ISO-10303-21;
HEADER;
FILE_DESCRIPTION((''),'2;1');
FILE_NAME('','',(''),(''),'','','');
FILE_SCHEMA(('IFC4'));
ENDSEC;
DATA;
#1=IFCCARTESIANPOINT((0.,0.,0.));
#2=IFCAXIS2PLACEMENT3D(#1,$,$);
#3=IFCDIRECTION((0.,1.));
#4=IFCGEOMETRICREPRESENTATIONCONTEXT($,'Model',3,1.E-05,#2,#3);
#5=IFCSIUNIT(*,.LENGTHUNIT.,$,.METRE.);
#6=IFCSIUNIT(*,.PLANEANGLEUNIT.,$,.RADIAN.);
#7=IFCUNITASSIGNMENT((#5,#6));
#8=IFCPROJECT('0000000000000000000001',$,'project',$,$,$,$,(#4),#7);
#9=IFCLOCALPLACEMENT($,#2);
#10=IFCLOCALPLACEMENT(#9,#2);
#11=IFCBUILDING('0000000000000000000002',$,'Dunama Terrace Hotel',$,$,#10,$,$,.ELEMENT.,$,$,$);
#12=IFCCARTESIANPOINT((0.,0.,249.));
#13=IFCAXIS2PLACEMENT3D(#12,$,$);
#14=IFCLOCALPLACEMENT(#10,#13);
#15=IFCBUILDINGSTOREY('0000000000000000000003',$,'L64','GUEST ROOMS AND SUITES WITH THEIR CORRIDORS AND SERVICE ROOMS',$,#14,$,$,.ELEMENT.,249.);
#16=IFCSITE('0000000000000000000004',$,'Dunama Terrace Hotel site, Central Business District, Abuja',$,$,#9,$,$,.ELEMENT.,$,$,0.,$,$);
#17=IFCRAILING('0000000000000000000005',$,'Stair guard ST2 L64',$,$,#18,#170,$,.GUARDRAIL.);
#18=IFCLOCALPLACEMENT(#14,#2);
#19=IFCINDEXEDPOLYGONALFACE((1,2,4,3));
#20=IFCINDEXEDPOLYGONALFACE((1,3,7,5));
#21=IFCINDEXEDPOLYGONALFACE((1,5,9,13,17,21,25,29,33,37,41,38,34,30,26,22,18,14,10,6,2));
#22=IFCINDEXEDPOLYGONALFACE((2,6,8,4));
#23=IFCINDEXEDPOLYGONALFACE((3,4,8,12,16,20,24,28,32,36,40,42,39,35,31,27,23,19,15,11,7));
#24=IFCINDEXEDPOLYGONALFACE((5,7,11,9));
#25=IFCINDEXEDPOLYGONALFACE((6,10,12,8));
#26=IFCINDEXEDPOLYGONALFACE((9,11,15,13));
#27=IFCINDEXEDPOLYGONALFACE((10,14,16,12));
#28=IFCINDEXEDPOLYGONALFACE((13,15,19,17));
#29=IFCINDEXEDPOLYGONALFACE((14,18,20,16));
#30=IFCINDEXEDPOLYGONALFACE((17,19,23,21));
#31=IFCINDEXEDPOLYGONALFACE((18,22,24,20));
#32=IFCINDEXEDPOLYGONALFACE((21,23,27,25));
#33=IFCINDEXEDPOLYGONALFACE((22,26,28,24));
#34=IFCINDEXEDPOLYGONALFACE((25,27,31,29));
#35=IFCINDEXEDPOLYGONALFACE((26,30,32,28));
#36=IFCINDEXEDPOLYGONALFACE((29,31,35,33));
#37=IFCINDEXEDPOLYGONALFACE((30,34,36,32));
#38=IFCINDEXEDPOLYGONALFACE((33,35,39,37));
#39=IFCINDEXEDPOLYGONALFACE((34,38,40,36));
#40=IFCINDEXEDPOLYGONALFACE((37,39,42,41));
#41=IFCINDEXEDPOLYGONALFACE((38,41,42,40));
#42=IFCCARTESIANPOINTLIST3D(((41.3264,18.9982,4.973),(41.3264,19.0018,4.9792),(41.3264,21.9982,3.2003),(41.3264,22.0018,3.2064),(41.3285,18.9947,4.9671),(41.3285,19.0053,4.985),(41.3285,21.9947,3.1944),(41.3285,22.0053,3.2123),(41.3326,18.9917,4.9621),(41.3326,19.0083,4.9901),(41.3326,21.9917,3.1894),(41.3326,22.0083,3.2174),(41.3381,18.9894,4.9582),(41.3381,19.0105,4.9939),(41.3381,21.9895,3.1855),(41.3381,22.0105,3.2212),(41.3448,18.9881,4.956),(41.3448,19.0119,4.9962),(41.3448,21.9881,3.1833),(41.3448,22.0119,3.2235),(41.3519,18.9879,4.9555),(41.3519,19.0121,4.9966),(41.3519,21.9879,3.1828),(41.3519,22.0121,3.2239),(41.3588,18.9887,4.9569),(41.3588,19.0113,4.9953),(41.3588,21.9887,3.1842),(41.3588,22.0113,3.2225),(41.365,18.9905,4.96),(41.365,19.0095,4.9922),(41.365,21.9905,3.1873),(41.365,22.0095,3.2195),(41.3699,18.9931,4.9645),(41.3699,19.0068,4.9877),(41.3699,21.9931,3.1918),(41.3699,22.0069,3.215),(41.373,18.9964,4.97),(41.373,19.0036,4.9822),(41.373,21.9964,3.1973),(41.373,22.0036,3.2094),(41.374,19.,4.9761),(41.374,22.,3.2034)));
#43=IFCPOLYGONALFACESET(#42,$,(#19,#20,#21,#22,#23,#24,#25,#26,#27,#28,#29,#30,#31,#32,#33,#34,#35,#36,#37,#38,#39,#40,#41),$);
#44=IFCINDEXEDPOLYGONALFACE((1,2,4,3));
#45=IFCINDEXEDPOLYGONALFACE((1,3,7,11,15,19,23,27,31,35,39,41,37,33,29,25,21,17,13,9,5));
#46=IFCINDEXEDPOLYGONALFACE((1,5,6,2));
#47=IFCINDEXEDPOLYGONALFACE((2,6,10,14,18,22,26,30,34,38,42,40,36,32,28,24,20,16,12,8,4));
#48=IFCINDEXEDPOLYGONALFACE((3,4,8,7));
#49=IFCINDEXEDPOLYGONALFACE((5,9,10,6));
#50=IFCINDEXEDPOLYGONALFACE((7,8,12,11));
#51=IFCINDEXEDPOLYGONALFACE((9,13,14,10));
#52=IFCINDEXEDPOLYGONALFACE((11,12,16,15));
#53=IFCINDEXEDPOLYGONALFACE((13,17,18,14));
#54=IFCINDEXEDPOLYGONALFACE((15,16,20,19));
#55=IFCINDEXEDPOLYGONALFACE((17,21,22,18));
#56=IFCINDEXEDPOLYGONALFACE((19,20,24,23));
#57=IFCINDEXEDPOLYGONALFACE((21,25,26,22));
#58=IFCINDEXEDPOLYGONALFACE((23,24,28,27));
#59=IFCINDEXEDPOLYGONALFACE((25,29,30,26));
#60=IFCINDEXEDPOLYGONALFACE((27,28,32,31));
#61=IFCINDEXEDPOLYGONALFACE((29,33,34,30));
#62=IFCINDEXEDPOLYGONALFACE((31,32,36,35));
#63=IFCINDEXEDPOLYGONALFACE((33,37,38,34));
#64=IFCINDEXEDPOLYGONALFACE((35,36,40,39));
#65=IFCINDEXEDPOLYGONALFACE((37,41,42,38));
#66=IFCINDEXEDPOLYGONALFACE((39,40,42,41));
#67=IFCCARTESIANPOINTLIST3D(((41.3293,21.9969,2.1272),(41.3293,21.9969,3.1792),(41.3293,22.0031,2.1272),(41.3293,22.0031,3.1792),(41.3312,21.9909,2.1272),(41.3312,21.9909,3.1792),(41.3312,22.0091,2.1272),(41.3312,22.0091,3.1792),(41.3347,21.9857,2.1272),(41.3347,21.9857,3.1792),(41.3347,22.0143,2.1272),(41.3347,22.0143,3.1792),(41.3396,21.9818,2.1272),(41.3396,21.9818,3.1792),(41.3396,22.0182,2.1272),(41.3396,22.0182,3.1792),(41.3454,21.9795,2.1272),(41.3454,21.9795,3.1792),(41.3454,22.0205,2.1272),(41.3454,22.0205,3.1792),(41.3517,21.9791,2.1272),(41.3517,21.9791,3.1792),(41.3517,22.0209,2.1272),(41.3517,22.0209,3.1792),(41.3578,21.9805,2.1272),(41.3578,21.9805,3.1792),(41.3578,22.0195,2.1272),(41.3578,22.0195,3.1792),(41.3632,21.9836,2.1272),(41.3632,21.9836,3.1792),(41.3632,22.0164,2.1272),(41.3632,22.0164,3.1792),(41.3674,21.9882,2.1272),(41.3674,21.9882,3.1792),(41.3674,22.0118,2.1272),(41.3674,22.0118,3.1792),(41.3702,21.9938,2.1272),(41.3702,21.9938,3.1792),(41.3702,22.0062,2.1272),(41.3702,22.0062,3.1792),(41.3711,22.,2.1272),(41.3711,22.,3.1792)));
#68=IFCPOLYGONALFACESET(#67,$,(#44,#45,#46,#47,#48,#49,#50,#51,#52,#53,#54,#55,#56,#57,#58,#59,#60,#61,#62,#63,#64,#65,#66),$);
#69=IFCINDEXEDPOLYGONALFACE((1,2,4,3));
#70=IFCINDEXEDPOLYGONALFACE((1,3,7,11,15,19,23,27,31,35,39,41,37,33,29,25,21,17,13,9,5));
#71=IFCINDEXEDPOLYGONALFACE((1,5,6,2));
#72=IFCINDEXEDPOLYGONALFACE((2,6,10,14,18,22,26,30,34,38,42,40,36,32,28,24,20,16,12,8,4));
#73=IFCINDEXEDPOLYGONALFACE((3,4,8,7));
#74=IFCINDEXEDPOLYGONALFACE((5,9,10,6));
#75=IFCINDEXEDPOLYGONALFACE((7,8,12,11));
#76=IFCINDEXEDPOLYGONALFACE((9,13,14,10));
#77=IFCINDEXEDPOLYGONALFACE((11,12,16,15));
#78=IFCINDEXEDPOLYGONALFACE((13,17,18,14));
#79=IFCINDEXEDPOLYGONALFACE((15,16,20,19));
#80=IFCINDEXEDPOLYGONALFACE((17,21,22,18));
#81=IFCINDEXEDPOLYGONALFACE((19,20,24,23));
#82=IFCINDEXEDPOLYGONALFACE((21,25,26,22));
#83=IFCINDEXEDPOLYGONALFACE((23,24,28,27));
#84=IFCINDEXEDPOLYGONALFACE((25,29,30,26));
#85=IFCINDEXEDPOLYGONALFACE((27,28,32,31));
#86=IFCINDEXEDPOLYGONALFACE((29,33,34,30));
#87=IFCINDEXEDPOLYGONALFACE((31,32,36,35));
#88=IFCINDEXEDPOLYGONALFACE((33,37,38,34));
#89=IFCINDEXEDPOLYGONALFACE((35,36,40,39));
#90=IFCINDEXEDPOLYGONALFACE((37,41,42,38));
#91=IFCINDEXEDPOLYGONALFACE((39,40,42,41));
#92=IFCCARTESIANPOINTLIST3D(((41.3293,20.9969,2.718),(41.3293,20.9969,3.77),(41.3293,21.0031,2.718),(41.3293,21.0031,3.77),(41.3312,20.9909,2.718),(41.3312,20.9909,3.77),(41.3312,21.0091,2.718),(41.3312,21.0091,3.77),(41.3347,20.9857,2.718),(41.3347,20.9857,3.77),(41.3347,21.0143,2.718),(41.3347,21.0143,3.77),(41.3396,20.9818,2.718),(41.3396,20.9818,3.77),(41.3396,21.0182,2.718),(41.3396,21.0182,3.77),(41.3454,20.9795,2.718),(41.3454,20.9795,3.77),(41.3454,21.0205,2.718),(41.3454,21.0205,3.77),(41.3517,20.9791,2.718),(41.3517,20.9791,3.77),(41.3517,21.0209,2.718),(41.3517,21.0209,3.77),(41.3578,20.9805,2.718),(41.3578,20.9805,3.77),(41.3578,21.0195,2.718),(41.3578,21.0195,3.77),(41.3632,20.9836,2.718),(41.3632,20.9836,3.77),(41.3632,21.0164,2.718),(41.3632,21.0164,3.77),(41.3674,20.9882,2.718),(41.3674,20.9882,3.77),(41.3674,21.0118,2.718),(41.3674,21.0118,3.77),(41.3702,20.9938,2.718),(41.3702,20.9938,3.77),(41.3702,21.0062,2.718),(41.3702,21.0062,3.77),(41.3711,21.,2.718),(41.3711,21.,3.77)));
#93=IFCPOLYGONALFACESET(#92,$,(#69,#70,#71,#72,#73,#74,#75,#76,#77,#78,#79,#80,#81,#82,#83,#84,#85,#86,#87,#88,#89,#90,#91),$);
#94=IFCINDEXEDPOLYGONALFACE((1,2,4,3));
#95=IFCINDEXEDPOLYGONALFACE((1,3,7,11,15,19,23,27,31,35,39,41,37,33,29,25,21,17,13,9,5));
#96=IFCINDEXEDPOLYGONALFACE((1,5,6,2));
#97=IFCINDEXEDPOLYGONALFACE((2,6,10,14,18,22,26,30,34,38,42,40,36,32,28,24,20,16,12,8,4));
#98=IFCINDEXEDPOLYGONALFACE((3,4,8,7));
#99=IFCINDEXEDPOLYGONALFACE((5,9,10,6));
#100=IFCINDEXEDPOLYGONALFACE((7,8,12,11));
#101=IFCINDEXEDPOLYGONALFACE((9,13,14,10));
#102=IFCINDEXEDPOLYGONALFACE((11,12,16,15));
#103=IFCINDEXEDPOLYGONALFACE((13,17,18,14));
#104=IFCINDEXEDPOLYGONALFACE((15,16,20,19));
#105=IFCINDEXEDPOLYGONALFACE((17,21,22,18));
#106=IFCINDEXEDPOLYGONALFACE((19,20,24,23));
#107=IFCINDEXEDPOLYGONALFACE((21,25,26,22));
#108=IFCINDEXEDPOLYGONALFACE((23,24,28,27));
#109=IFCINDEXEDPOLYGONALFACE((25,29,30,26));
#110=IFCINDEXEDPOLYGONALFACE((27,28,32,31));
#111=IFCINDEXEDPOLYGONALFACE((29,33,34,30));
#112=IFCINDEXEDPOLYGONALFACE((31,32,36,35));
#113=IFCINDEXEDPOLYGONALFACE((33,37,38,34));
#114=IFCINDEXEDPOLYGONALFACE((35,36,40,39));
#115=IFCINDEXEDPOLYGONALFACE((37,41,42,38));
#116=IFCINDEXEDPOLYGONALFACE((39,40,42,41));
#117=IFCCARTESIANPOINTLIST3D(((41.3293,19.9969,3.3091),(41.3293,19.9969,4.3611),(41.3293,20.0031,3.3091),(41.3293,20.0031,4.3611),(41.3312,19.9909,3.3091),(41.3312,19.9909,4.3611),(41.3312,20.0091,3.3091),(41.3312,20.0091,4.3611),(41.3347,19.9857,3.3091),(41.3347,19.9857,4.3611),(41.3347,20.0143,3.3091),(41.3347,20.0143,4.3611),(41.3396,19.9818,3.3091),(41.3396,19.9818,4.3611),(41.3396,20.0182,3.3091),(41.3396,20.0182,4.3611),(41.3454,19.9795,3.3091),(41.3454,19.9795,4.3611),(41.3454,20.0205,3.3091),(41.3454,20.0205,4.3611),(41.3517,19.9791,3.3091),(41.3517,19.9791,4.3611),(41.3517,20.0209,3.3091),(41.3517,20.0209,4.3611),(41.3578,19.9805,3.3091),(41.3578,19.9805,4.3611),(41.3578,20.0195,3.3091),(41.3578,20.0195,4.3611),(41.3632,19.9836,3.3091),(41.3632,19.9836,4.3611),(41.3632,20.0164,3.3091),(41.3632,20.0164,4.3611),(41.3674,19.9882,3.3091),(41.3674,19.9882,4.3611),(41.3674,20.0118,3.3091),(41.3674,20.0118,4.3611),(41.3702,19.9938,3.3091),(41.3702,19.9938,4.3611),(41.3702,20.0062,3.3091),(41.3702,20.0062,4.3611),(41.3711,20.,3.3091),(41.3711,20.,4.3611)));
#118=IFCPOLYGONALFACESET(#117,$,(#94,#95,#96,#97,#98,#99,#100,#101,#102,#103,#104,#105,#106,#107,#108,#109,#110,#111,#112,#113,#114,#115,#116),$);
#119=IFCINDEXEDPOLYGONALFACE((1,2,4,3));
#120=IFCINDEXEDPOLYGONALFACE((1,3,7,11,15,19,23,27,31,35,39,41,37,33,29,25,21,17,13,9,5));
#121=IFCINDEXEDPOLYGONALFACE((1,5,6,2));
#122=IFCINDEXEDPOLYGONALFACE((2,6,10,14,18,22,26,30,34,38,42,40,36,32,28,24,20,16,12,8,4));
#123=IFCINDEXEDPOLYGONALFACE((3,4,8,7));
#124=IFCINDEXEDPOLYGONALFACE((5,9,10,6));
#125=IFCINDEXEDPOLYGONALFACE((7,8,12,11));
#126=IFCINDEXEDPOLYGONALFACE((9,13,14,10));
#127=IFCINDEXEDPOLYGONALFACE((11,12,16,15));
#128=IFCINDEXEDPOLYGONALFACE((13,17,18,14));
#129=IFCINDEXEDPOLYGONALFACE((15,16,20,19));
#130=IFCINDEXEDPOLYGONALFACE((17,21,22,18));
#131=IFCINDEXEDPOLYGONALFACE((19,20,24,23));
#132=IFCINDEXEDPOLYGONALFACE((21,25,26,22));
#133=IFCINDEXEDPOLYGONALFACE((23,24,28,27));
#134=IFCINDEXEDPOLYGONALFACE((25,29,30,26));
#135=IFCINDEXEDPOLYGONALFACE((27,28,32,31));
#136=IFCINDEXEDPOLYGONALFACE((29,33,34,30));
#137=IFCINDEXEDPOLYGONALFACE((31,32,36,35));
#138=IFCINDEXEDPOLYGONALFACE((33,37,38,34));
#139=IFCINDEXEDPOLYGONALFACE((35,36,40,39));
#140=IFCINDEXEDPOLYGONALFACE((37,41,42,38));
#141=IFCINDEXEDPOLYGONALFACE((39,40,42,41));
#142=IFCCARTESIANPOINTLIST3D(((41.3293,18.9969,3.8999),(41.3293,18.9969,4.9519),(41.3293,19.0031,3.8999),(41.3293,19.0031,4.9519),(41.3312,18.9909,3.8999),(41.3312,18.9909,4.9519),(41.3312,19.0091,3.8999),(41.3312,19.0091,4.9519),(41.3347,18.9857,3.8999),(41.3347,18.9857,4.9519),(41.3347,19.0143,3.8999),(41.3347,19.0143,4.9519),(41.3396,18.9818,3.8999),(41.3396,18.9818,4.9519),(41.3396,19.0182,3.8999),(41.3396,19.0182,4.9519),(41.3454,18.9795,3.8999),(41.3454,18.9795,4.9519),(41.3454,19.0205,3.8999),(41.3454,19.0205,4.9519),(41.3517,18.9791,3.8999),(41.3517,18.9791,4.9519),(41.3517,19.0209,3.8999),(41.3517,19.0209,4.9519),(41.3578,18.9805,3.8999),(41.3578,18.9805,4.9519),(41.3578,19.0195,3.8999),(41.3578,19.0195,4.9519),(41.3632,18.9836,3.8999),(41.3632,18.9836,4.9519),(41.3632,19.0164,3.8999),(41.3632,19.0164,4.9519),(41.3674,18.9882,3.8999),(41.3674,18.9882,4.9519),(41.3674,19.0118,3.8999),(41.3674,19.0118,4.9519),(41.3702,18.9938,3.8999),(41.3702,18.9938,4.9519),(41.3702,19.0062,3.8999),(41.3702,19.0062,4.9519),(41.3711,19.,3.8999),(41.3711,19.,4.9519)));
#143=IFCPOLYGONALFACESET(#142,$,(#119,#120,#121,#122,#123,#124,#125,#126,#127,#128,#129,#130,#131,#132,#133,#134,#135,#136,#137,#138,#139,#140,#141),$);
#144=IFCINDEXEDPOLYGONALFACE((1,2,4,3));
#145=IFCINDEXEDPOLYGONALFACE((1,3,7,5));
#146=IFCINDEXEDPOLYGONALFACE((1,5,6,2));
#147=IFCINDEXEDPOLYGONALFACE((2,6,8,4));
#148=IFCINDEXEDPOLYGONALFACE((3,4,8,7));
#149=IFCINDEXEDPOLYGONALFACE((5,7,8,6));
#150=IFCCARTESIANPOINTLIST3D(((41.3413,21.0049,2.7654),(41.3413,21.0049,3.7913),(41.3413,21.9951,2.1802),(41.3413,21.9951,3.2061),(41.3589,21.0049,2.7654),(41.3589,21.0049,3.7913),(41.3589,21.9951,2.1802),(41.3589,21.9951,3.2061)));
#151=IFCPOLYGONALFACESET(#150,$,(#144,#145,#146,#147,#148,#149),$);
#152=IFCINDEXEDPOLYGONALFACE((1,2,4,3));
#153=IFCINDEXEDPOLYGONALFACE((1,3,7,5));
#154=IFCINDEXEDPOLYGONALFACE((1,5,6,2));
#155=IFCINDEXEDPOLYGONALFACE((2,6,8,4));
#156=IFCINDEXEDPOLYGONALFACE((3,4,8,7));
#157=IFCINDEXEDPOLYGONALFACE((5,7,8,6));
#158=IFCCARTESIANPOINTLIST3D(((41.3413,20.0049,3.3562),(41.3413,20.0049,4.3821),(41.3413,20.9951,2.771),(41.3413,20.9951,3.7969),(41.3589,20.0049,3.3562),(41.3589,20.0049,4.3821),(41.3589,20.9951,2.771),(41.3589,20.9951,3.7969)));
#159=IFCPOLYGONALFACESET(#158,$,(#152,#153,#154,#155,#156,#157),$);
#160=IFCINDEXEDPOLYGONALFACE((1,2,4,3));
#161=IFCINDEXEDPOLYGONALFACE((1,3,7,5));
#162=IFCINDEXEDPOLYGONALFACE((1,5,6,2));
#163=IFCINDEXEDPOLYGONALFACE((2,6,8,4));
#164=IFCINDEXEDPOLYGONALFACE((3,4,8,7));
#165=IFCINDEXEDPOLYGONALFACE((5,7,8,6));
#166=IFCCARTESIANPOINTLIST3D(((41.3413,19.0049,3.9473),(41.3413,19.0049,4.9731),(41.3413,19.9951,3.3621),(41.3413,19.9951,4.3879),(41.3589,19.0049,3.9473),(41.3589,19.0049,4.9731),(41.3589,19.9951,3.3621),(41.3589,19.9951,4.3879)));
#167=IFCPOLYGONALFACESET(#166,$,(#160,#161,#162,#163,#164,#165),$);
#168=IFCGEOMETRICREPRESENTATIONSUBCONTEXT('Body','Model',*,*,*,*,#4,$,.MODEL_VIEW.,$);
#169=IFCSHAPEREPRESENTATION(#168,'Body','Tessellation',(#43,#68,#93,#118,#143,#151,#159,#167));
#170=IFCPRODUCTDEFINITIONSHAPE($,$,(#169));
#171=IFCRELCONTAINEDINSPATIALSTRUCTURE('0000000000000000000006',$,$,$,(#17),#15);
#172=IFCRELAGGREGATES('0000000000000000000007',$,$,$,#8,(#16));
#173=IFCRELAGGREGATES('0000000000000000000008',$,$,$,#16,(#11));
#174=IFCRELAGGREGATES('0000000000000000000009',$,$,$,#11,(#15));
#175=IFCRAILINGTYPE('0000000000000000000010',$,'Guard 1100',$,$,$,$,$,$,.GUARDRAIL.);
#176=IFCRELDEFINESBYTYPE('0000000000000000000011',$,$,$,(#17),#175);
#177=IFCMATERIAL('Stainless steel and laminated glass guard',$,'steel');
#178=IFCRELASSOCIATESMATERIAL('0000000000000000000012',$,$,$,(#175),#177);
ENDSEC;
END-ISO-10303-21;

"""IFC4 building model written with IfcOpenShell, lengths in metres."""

from ifc_helpers import new_model, si_unit, direction, frame, origin, origin_2d, place, context, subcontext, project, spatial, polyline, circle, outline, extrude, material, type_object, element, save


model = new_model("IFC4")

# Units and contexts
model_context = context("Model", 3, precision=1e-05, world=origin(), true_north=direction((0.0, 1.0)))
body_context = subcontext(model_context, "Body", "Model", "MODEL_VIEW")
ifc_project = project(units=[si_unit("LENGTHUNIT", "METRE"), si_unit("PLANEANGLEUNIT", "RADIAN")], contexts=[model_context])

# Site, building, storey
site_placement = place(None, origin())
site = spatial("IfcSite", under=ifc_project, at=site_placement, Name="Dunama Terrace Hotel site, Central Business District, Abuja", CompositionType="ELEMENT", RefElevation=0.0)
building_placement = place(site_placement, origin())
building = spatial("IfcBuilding", under=site, at=building_placement, Name="Dunama Terrace Hotel", CompositionType="ELEMENT")
storey_placement = place(building_placement, frame((0.0, 0.0, 249.0)))
storey = spatial("IfcBuildingStorey", under=building, at=storey_placement, Name="L64", Description="GUEST ROOMS AND SUITES WITH THEIR CORRIDORS AND SERVICE ROOMS", CompositionType="ELEMENT", Elevation=249.0)

# Railing
ifc_material_1 = material(Name="Stainless steel and laminated glass guard", Category="steel")
railing_type_1 = type_object("IfcRailingType", Name="Guard 1100", PredefinedType="GUARDRAIL", material=ifc_material_1)
railing_1_placement = place(storey_placement, frame((41.3501, 22.0, 2.1272)))
element("IfcRailing", 1, at=railing_1_placement, inside=storey, type_object=railing_type_1, Name="Stair guard ST2 L64", PredefinedType="GUARDRAIL", context=body_context, shape_type="SweptSolid", body=[
    extrude(circle(Radius=0.0239, at=origin_2d()), frame((0.0, 0.0, 1.0762), z_axis=(0.0, -0.860929, 0.508725), x_axis=(1.0, 0.0, 0.0)), (0.0, 0.0, 1.0), 3.4846),
    extrude(circle(Radius=0.021, at=origin_2d()), origin(), (0.0, 0.0, 1.0), 1.052),
    extrude(circle(Radius=0.021, at=origin_2d()), frame((0.0, -1.0, 0.5908)), (0.0, 0.0, 1.0), 1.052),
    extrude(circle(Radius=0.021, at=origin_2d()), frame((0.0, -2.0, 1.1819)), (0.0, 0.0, 1.0), 1.052),
    extrude(circle(Radius=0.021, at=origin_2d()), frame((0.0, -3.0, 1.7727)), (0.0, 0.0, 1.0), 1.052),
    extrude(outline(polyline([(0.0049, 0.053), (0.9951, 0.6382), (0.9951, 1.6641), (0.0049, 1.0789), (0.0049, 0.053)])), frame((0.0088, 0.0, 0.0), z_axis=(-1.0, 0.0, 0.0), x_axis=(0.0, -1.0, 0.0)), (0.0, 0.0, 1.0), 0.0176),
    extrude(outline(polyline([(0.0049, 0.053), (0.9951, 0.6382), (0.9951, 1.6641), (0.0049, 1.0789), (0.0049, 0.053)])), frame((0.0088, -1.0, 0.5908), z_axis=(-1.0, 0.0, 0.0), x_axis=(0.0, -1.0, 0.0)), (0.0, 0.0, 1.0), 0.0176),
    extrude(outline(polyline([(0.0049, 0.053), (0.9951, 0.6382), (0.9951, 1.6641), (0.0049, 1.0789), (0.0049, 0.053)])), frame((0.0088, -2.0, 1.1819), z_axis=(-1.0, 0.0, 0.0), x_axis=(0.0, -1.0, 0.0)), (0.0, 0.0, 1.0), 0.0176),
])

save(model, "model.ifc")
